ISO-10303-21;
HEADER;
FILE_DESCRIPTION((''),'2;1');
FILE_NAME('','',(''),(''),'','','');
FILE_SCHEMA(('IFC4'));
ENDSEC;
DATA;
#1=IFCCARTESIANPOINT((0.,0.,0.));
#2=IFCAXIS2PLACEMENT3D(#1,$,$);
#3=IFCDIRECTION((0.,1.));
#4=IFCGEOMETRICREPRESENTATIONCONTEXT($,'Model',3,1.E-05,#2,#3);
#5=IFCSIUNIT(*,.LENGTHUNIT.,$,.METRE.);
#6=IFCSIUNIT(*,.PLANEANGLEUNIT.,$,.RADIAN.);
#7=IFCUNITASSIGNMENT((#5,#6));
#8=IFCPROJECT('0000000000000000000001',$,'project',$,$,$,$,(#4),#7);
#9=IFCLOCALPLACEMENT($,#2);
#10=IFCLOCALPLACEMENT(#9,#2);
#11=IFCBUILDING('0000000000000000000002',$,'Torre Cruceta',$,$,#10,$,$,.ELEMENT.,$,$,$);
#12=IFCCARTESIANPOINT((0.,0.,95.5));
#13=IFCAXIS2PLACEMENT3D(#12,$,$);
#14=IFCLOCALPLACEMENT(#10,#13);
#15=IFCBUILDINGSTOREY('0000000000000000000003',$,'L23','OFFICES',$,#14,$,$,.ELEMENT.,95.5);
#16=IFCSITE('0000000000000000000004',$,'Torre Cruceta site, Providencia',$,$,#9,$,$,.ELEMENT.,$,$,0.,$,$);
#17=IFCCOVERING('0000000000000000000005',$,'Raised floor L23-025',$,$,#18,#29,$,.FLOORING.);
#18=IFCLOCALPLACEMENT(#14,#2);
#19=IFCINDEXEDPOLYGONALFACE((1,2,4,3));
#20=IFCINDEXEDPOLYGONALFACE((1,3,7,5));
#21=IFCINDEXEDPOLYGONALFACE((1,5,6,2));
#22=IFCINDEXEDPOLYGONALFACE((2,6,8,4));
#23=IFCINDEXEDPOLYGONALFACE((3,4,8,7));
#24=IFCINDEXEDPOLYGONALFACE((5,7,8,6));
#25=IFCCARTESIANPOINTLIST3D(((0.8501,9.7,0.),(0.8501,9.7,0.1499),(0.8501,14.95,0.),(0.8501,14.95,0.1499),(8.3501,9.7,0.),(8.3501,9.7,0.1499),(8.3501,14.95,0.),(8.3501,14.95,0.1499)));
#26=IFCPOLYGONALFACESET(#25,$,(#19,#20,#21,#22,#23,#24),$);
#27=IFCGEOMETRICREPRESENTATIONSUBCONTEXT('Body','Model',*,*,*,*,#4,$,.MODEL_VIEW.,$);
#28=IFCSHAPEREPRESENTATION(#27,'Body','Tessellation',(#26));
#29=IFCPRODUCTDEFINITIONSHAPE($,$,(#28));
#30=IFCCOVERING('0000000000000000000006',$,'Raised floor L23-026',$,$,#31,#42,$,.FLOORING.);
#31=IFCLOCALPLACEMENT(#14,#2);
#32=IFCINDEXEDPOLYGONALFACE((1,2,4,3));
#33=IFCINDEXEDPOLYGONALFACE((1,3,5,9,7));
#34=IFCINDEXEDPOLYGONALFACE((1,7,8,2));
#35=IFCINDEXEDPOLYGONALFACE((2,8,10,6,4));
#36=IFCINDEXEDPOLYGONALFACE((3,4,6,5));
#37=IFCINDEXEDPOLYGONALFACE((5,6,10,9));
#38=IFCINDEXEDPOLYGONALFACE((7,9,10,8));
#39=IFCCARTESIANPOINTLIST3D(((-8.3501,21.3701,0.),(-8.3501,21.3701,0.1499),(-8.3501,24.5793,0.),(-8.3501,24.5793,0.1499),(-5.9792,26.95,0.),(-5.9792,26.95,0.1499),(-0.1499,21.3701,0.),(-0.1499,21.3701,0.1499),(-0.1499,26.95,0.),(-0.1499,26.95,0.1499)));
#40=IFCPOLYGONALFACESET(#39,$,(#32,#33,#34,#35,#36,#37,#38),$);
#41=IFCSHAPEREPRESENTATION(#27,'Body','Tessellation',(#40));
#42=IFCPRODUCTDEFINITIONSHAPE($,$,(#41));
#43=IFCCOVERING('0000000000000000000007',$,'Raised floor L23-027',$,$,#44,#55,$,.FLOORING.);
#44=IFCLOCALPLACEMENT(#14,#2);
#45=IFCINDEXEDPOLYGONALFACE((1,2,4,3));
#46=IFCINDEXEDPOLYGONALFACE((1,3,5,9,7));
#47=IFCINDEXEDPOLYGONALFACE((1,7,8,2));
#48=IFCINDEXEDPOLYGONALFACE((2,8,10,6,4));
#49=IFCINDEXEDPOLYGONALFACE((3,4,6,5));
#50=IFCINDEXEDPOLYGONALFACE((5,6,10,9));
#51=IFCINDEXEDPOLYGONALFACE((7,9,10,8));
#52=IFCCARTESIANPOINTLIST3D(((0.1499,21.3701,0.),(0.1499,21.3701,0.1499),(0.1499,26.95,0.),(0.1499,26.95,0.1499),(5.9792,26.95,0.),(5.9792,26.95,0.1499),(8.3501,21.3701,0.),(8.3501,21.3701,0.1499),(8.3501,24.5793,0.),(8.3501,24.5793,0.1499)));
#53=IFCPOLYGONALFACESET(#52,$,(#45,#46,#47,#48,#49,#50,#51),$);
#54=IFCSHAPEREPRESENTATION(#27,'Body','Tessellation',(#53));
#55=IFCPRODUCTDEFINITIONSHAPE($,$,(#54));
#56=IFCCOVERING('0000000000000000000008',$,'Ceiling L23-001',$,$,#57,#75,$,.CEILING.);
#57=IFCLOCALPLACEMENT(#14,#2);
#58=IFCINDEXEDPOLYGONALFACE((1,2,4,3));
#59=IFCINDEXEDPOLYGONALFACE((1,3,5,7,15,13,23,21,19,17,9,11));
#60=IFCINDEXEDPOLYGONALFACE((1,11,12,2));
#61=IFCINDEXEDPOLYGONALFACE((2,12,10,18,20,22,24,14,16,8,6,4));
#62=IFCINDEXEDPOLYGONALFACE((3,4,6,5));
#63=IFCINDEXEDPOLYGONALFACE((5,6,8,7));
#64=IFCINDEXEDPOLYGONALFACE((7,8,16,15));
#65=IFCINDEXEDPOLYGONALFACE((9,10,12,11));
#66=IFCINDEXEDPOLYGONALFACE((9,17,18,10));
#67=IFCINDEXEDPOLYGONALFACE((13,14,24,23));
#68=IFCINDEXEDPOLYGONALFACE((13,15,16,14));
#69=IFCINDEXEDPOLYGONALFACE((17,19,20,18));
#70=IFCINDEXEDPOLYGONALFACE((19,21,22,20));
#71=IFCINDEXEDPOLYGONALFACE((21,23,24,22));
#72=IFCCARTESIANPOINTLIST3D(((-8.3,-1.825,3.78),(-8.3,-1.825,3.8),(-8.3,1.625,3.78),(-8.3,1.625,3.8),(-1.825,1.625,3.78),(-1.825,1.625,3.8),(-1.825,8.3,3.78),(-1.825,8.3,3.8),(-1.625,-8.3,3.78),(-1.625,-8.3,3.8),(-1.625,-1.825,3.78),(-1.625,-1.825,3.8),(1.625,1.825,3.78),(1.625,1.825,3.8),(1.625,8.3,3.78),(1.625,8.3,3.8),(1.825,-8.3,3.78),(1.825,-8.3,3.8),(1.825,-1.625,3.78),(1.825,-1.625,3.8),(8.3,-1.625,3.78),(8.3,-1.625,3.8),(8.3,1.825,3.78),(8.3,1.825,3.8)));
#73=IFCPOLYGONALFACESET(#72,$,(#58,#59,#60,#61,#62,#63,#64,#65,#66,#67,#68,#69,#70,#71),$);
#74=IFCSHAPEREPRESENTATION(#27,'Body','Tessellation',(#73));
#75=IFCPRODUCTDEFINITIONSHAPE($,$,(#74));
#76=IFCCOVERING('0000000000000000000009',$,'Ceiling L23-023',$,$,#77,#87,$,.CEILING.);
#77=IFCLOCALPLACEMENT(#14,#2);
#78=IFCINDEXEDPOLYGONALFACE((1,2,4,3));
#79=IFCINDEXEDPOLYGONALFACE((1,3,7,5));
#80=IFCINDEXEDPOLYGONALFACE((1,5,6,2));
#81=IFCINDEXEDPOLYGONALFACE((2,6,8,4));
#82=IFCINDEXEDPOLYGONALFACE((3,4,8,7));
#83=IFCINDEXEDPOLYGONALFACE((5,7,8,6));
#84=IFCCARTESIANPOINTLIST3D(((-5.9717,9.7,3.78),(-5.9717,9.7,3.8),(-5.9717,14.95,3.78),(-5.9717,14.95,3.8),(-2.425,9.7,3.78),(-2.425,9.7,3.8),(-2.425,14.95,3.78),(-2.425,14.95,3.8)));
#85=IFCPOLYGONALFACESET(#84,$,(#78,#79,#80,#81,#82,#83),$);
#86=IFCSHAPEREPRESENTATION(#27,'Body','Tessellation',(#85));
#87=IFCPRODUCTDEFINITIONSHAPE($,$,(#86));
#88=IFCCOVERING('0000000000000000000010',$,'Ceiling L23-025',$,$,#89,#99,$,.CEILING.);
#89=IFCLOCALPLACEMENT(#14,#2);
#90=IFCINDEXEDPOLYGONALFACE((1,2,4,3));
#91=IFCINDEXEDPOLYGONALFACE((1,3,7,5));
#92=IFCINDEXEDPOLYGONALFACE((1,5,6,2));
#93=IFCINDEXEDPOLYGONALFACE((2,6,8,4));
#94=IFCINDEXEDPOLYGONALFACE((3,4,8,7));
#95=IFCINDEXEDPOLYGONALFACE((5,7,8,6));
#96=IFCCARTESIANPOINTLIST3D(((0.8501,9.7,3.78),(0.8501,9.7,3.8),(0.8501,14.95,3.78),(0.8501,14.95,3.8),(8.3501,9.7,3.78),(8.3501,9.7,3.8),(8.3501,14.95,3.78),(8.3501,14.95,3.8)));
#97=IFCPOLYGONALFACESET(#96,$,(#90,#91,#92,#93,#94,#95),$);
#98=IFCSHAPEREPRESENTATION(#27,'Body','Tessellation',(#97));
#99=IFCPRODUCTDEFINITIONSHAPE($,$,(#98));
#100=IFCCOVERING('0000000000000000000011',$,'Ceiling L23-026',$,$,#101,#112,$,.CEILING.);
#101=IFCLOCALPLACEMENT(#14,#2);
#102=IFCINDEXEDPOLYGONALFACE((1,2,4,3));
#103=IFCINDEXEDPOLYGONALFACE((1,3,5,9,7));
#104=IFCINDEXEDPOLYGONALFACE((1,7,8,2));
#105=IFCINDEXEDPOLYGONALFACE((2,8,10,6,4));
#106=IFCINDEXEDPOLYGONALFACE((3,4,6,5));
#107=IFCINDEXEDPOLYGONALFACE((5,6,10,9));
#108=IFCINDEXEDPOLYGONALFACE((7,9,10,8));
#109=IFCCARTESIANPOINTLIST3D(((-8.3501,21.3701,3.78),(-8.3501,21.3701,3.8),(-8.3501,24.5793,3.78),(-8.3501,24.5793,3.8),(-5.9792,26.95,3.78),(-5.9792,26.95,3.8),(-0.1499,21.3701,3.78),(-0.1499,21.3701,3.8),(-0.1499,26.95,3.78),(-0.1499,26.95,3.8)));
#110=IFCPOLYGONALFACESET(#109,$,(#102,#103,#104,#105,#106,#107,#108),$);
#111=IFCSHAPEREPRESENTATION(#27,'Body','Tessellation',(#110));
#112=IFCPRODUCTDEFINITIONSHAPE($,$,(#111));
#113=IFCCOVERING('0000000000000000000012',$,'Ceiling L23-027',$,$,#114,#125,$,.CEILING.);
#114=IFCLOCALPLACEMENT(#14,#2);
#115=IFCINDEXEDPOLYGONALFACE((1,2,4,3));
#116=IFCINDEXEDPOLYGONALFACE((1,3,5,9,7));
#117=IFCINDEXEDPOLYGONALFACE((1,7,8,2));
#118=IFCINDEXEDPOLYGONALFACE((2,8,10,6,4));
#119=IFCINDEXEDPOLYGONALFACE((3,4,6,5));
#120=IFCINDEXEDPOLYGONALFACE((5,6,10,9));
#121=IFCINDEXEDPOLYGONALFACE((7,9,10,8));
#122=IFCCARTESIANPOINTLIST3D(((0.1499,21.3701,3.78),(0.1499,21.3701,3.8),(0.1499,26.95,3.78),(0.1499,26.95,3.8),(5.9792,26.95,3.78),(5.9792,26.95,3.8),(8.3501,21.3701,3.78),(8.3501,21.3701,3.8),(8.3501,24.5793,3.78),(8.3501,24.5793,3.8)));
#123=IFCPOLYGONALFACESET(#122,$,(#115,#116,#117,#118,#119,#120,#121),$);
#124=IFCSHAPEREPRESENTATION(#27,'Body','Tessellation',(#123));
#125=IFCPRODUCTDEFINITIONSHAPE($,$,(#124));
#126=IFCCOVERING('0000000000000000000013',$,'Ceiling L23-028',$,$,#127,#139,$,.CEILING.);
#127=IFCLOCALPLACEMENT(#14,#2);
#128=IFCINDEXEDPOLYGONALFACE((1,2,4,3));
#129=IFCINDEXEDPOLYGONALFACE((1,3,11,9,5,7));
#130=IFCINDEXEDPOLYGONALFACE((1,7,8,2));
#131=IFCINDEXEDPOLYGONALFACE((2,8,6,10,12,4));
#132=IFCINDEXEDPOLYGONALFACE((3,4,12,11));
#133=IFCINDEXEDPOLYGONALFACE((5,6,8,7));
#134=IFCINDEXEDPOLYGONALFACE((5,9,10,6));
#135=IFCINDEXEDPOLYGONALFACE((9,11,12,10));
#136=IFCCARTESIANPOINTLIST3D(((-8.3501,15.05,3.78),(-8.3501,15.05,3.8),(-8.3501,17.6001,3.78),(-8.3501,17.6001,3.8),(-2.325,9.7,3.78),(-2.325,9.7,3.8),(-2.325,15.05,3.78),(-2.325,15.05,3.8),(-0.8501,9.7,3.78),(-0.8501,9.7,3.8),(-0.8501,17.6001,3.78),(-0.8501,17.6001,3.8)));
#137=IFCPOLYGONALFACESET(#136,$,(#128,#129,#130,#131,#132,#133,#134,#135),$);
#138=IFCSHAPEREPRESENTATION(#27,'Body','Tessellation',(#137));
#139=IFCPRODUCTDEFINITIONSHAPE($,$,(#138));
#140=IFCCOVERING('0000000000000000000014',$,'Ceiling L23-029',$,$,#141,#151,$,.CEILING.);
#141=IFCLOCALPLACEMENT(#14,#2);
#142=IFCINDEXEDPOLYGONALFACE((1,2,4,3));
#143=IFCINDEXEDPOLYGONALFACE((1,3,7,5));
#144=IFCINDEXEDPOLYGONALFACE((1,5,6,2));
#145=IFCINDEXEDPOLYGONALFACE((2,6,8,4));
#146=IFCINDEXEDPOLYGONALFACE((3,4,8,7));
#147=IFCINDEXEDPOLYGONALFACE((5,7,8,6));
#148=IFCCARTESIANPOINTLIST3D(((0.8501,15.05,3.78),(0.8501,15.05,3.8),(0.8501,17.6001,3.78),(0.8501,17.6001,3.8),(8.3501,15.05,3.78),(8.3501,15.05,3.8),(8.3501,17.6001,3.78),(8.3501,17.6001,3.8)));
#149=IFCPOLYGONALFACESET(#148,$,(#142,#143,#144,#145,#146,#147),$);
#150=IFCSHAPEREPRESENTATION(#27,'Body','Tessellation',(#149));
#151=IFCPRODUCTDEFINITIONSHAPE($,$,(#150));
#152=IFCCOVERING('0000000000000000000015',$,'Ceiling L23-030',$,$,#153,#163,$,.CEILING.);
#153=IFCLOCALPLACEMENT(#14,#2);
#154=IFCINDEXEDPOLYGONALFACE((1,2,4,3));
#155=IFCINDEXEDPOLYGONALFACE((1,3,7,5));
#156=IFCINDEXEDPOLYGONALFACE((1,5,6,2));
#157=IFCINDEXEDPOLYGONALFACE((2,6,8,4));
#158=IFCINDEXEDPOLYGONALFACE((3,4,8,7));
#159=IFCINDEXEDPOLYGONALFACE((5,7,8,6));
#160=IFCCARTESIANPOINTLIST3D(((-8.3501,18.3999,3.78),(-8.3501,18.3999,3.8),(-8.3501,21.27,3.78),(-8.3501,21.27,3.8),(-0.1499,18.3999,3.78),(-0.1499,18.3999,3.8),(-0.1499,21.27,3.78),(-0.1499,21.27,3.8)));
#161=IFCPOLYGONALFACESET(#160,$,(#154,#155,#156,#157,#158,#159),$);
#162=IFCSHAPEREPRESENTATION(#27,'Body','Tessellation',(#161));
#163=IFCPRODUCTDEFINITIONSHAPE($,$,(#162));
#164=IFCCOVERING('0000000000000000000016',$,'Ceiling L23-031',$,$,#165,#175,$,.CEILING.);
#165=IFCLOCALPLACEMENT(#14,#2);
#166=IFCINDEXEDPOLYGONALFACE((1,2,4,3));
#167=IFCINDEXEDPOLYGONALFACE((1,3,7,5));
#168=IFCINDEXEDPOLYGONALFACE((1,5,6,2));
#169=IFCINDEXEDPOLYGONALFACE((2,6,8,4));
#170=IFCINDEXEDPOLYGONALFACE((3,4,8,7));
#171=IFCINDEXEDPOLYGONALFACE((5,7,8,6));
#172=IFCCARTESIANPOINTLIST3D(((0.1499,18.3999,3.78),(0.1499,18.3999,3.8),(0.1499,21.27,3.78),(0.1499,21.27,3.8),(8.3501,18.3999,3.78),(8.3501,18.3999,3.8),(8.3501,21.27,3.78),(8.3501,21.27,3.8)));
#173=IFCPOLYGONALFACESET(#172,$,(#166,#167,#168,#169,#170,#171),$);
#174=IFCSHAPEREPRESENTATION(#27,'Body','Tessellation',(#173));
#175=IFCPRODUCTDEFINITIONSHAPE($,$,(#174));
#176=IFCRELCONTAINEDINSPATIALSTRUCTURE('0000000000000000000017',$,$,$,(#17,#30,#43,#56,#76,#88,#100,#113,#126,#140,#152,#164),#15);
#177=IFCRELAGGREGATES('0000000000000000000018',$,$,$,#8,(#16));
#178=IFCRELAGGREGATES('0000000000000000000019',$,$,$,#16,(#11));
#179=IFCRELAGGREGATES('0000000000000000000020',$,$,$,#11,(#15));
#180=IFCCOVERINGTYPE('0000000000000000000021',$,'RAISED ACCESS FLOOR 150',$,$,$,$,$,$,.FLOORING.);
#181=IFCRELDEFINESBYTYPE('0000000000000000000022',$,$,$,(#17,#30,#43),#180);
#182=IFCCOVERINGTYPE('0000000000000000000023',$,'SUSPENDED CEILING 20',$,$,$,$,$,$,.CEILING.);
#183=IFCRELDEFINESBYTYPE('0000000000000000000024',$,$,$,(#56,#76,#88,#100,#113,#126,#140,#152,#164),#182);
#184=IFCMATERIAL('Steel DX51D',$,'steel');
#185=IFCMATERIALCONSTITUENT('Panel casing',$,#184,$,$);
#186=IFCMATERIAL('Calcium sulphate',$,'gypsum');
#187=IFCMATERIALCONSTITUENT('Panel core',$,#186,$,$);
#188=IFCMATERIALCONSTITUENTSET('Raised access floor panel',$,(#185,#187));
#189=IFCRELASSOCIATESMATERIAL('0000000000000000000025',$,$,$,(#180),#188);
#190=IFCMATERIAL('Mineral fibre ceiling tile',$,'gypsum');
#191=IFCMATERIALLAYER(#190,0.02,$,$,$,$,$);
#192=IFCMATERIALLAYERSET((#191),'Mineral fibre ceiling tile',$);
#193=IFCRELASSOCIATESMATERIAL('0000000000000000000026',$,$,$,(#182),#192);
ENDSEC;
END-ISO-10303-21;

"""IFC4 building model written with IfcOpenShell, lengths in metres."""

from ifc_helpers import new_model, si_unit, direction, frame, origin, place, context, subcontext, project, spatial, polyline, outline, extrude, material, layer, layer_set, constituent, constituent_set, type_object, element, save


model = new_model("IFC4")

# Units and contexts
model_context = context("Model", 3, precision=1e-05, world=origin(), true_north=direction((0.0, 1.0)))
body_context = subcontext(model_context, "Body", "Model", "MODEL_VIEW")
ifc_project = project(units=[si_unit("LENGTHUNIT", "METRE"), si_unit("PLANEANGLEUNIT", "RADIAN")], contexts=[model_context])

# Site, building, storey
site_placement = place(None, origin())
site = spatial("IfcSite", under=ifc_project, at=site_placement, Name="Torre Cruceta site, Providencia", CompositionType="ELEMENT", RefElevation=0.0)
building_placement = place(site_placement, origin())
building = spatial("IfcBuilding", under=site, at=building_placement, Name="Torre Cruceta", CompositionType="ELEMENT")
storey_placement = place(building_placement, frame((0.0, 0.0, 95.5)))
storey = spatial("IfcBuildingStorey", under=building, at=storey_placement, Name="L23", Description="OFFICES", CompositionType="ELEMENT", Elevation=95.5)

# Coverings
ifc_material_1 = material(Name="Steel DX51D", Category="steel")
ifc_constituent_1 = constituent(ifc_material_1, Name="Panel casing")
ifc_material_2 = material(Name="Calcium sulphate", Category="gypsum")
ifc_constituent_2 = constituent(ifc_material_2, Name="Panel core")
ifc_constituent_set_1 = constituent_set(constituents=[ifc_constituent_1, ifc_constituent_2], Name="Raised access floor panel")
covering_type_1 = type_object("IfcCoveringType", Name="RAISED ACCESS FLOOR 150", PredefinedType="FLOORING", material=ifc_constituent_set_1)
covering_1_placement = place(storey_placement, origin())
element("IfcCovering", 1, at=covering_1_placement, inside=storey, type_object=covering_type_1, Name="Raised floor L23-025", PredefinedType="FLOORING", context=body_context, shape_type="SweptSolid", body=[
    extrude(outline(polyline([(8.3501, 9.7), (0.8501, 9.7), (0.8501, 14.95), (8.3501, 14.95), (8.3501, 9.7)])), origin(), (0.0, 0.0, 1.0), 0.1499),
])
covering_2_placement = place(storey_placement, origin())
element("IfcCovering", 2, at=covering_2_placement, inside=storey, type_object=covering_type_1, Name="Raised floor L23-026", PredefinedType="FLOORING", context=body_context, shape_type="SweptSolid", body=[
    extrude(outline(polyline([(-0.1499, 26.95), (-0.1499, 21.3701), (-8.3501, 21.3701), (-8.3501, 24.5793), (-5.9792, 26.95), (-0.1499, 26.95)])), origin(), (0.0, 0.0, 1.0), 0.1499),
])
covering_3_placement = place(storey_placement, origin())
element("IfcCovering", 3, at=covering_3_placement, inside=storey, type_object=covering_type_1, Name="Raised floor L23-027", PredefinedType="FLOORING", context=body_context, shape_type="SweptSolid", body=[
    extrude(outline(polyline([(8.3501, 24.5793), (8.3501, 21.3701), (0.1499, 21.3701), (0.1499, 26.95), (5.9792, 26.95), (8.3501, 24.5793)])), origin(), (0.0, 0.0, 1.0), 0.1499),
])
ifc_material_3 = material(Name="Mineral fibre ceiling tile", Category="gypsum")
ifc_layer_1 = layer(ifc_material_3, 0.02)
ifc_layer_set_1 = layer_set([ifc_layer_1], Name="Mineral fibre ceiling tile")
covering_type_2 = type_object("IfcCoveringType", Name="SUSPENDED CEILING 20", PredefinedType="CEILING", material=ifc_layer_set_1)
covering_4_placement = place(storey_placement, frame((0.0, 0.0, 3.78)))
element("IfcCovering", 4, at=covering_4_placement, inside=storey, type_object=covering_type_2, Name="Ceiling L23-001", PredefinedType="CEILING", context=body_context, shape_type="SweptSolid", body=[
    extrude(outline(polyline([(-1.625, -8.3), (-1.625, -1.825), (-8.3, -1.825), (-8.3, 1.625), (-1.825, 1.625), (-1.825, 8.3), (1.625, 8.3), (1.625, 1.825), (8.3, 1.825), (8.3, -1.625), (1.825, -1.625), (1.825, -8.3), (-1.625, -8.3)])), origin(), (0.0, 0.0, 1.0), 0.02),
])
covering_5_placement = place(storey_placement, frame((0.0, 0.0, 3.78)))
element("IfcCovering", 5, at=covering_5_placement, inside=storey, type_object=covering_type_2, Name="Ceiling L23-023", PredefinedType="CEILING", context=body_context, shape_type="SweptSolid", body=[
    extrude(outline(polyline([(-2.425, 9.7), (-5.9717, 9.7), (-5.9717, 14.95), (-2.425, 14.95), (-2.425, 9.7)])), origin(), (0.0, 0.0, 1.0), 0.02),
])
covering_6_placement = place(storey_placement, frame((0.0, 0.0, 3.78)))
element("IfcCovering", 6, at=covering_6_placement, inside=storey, type_object=covering_type_2, Name="Ceiling L23-025", PredefinedType="CEILING", context=body_context, shape_type="SweptSolid", body=[
    extrude(outline(polyline([(8.3501, 9.7), (0.8501, 9.7), (0.8501, 14.95), (8.3501, 14.95), (8.3501, 9.7)])), origin(), (0.0, 0.0, 1.0), 0.02),
])
covering_7_placement = place(storey_placement, frame((0.0, 0.0, 3.78)))
element("IfcCovering", 7, at=covering_7_placement, inside=storey, type_object=covering_type_2, Name="Ceiling L23-026", PredefinedType="CEILING", context=body_context, shape_type="SweptSolid", body=[
    extrude(outline(polyline([(-0.1499, 26.95), (-0.1499, 21.3701), (-8.3501, 21.3701), (-8.3501, 24.5793), (-5.9792, 26.95), (-0.1499, 26.95)])), origin(), (0.0, 0.0, 1.0), 0.02),
])
covering_8_placement = place(storey_placement, frame((0.0, 0.0, 3.78)))
element("IfcCovering", 8, at=covering_8_placement, inside=storey, type_object=covering_type_2, Name="Ceiling L23-027", PredefinedType="CEILING", context=body_context, shape_type="SweptSolid", body=[
    extrude(outline(polyline([(8.3501, 24.5793), (8.3501, 21.3701), (0.1499, 21.3701), (0.1499, 26.95), (5.9792, 26.95), (8.3501, 24.5793)])), origin(), (0.0, 0.0, 1.0), 0.02),
])
covering_9_placement = place(storey_placement, frame((0.0, 0.0, 3.78)))
element("IfcCovering", 9, at=covering_9_placement, inside=storey, type_object=covering_type_2, Name="Ceiling L23-028", PredefinedType="CEILING", context=body_context, shape_type="SweptSolid", body=[
    extrude(outline(polyline([(-2.325, 9.7), (-2.325, 15.05), (-8.3501, 15.05), (-8.3501, 17.6001), (-0.8501, 17.6001), (-0.8501, 9.7), (-2.325, 9.7)])), origin(), (0.0, 0.0, 1.0), 0.02),
])
covering_10_placement = place(storey_placement, frame((0.0, 0.0, 3.78)))
element("IfcCovering", 10, at=covering_10_placement, inside=storey, type_object=covering_type_2, Name="Ceiling L23-029", PredefinedType="CEILING", context=body_context, shape_type="SweptSolid", body=[
    extrude(outline(polyline([(8.3501, 17.6001), (8.3501, 15.05), (0.8501, 15.05), (0.8501, 17.6001), (8.3501, 17.6001)])), origin(), (0.0, 0.0, 1.0), 0.02),
])
covering_11_placement = place(storey_placement, frame((0.0, 0.0, 3.78)))
element("IfcCovering", 11, at=covering_11_placement, inside=storey, type_object=covering_type_2, Name="Ceiling L23-030", PredefinedType="CEILING", context=body_context, shape_type="SweptSolid", body=[
    extrude(outline(polyline([(-0.1499, 21.27), (-0.1499, 18.3999), (-8.3501, 18.3999), (-8.3501, 21.27), (-0.1499, 21.27)])), origin(), (0.0, 0.0, 1.0), 0.02),
])
covering_12_placement = place(storey_placement, frame((0.0, 0.0, 3.78)))
element("IfcCovering", 12, at=covering_12_placement, inside=storey, type_object=covering_type_2, Name="Ceiling L23-031", PredefinedType="CEILING", context=body_context, shape_type="SweptSolid", body=[
    extrude(outline(polyline([(8.3501, 21.27), (8.3501, 18.3999), (0.1499, 18.3999), (0.1499, 21.27), (8.3501, 21.27)])), origin(), (0.0, 0.0, 1.0), 0.02),
])

save(model, "model.ifc")
